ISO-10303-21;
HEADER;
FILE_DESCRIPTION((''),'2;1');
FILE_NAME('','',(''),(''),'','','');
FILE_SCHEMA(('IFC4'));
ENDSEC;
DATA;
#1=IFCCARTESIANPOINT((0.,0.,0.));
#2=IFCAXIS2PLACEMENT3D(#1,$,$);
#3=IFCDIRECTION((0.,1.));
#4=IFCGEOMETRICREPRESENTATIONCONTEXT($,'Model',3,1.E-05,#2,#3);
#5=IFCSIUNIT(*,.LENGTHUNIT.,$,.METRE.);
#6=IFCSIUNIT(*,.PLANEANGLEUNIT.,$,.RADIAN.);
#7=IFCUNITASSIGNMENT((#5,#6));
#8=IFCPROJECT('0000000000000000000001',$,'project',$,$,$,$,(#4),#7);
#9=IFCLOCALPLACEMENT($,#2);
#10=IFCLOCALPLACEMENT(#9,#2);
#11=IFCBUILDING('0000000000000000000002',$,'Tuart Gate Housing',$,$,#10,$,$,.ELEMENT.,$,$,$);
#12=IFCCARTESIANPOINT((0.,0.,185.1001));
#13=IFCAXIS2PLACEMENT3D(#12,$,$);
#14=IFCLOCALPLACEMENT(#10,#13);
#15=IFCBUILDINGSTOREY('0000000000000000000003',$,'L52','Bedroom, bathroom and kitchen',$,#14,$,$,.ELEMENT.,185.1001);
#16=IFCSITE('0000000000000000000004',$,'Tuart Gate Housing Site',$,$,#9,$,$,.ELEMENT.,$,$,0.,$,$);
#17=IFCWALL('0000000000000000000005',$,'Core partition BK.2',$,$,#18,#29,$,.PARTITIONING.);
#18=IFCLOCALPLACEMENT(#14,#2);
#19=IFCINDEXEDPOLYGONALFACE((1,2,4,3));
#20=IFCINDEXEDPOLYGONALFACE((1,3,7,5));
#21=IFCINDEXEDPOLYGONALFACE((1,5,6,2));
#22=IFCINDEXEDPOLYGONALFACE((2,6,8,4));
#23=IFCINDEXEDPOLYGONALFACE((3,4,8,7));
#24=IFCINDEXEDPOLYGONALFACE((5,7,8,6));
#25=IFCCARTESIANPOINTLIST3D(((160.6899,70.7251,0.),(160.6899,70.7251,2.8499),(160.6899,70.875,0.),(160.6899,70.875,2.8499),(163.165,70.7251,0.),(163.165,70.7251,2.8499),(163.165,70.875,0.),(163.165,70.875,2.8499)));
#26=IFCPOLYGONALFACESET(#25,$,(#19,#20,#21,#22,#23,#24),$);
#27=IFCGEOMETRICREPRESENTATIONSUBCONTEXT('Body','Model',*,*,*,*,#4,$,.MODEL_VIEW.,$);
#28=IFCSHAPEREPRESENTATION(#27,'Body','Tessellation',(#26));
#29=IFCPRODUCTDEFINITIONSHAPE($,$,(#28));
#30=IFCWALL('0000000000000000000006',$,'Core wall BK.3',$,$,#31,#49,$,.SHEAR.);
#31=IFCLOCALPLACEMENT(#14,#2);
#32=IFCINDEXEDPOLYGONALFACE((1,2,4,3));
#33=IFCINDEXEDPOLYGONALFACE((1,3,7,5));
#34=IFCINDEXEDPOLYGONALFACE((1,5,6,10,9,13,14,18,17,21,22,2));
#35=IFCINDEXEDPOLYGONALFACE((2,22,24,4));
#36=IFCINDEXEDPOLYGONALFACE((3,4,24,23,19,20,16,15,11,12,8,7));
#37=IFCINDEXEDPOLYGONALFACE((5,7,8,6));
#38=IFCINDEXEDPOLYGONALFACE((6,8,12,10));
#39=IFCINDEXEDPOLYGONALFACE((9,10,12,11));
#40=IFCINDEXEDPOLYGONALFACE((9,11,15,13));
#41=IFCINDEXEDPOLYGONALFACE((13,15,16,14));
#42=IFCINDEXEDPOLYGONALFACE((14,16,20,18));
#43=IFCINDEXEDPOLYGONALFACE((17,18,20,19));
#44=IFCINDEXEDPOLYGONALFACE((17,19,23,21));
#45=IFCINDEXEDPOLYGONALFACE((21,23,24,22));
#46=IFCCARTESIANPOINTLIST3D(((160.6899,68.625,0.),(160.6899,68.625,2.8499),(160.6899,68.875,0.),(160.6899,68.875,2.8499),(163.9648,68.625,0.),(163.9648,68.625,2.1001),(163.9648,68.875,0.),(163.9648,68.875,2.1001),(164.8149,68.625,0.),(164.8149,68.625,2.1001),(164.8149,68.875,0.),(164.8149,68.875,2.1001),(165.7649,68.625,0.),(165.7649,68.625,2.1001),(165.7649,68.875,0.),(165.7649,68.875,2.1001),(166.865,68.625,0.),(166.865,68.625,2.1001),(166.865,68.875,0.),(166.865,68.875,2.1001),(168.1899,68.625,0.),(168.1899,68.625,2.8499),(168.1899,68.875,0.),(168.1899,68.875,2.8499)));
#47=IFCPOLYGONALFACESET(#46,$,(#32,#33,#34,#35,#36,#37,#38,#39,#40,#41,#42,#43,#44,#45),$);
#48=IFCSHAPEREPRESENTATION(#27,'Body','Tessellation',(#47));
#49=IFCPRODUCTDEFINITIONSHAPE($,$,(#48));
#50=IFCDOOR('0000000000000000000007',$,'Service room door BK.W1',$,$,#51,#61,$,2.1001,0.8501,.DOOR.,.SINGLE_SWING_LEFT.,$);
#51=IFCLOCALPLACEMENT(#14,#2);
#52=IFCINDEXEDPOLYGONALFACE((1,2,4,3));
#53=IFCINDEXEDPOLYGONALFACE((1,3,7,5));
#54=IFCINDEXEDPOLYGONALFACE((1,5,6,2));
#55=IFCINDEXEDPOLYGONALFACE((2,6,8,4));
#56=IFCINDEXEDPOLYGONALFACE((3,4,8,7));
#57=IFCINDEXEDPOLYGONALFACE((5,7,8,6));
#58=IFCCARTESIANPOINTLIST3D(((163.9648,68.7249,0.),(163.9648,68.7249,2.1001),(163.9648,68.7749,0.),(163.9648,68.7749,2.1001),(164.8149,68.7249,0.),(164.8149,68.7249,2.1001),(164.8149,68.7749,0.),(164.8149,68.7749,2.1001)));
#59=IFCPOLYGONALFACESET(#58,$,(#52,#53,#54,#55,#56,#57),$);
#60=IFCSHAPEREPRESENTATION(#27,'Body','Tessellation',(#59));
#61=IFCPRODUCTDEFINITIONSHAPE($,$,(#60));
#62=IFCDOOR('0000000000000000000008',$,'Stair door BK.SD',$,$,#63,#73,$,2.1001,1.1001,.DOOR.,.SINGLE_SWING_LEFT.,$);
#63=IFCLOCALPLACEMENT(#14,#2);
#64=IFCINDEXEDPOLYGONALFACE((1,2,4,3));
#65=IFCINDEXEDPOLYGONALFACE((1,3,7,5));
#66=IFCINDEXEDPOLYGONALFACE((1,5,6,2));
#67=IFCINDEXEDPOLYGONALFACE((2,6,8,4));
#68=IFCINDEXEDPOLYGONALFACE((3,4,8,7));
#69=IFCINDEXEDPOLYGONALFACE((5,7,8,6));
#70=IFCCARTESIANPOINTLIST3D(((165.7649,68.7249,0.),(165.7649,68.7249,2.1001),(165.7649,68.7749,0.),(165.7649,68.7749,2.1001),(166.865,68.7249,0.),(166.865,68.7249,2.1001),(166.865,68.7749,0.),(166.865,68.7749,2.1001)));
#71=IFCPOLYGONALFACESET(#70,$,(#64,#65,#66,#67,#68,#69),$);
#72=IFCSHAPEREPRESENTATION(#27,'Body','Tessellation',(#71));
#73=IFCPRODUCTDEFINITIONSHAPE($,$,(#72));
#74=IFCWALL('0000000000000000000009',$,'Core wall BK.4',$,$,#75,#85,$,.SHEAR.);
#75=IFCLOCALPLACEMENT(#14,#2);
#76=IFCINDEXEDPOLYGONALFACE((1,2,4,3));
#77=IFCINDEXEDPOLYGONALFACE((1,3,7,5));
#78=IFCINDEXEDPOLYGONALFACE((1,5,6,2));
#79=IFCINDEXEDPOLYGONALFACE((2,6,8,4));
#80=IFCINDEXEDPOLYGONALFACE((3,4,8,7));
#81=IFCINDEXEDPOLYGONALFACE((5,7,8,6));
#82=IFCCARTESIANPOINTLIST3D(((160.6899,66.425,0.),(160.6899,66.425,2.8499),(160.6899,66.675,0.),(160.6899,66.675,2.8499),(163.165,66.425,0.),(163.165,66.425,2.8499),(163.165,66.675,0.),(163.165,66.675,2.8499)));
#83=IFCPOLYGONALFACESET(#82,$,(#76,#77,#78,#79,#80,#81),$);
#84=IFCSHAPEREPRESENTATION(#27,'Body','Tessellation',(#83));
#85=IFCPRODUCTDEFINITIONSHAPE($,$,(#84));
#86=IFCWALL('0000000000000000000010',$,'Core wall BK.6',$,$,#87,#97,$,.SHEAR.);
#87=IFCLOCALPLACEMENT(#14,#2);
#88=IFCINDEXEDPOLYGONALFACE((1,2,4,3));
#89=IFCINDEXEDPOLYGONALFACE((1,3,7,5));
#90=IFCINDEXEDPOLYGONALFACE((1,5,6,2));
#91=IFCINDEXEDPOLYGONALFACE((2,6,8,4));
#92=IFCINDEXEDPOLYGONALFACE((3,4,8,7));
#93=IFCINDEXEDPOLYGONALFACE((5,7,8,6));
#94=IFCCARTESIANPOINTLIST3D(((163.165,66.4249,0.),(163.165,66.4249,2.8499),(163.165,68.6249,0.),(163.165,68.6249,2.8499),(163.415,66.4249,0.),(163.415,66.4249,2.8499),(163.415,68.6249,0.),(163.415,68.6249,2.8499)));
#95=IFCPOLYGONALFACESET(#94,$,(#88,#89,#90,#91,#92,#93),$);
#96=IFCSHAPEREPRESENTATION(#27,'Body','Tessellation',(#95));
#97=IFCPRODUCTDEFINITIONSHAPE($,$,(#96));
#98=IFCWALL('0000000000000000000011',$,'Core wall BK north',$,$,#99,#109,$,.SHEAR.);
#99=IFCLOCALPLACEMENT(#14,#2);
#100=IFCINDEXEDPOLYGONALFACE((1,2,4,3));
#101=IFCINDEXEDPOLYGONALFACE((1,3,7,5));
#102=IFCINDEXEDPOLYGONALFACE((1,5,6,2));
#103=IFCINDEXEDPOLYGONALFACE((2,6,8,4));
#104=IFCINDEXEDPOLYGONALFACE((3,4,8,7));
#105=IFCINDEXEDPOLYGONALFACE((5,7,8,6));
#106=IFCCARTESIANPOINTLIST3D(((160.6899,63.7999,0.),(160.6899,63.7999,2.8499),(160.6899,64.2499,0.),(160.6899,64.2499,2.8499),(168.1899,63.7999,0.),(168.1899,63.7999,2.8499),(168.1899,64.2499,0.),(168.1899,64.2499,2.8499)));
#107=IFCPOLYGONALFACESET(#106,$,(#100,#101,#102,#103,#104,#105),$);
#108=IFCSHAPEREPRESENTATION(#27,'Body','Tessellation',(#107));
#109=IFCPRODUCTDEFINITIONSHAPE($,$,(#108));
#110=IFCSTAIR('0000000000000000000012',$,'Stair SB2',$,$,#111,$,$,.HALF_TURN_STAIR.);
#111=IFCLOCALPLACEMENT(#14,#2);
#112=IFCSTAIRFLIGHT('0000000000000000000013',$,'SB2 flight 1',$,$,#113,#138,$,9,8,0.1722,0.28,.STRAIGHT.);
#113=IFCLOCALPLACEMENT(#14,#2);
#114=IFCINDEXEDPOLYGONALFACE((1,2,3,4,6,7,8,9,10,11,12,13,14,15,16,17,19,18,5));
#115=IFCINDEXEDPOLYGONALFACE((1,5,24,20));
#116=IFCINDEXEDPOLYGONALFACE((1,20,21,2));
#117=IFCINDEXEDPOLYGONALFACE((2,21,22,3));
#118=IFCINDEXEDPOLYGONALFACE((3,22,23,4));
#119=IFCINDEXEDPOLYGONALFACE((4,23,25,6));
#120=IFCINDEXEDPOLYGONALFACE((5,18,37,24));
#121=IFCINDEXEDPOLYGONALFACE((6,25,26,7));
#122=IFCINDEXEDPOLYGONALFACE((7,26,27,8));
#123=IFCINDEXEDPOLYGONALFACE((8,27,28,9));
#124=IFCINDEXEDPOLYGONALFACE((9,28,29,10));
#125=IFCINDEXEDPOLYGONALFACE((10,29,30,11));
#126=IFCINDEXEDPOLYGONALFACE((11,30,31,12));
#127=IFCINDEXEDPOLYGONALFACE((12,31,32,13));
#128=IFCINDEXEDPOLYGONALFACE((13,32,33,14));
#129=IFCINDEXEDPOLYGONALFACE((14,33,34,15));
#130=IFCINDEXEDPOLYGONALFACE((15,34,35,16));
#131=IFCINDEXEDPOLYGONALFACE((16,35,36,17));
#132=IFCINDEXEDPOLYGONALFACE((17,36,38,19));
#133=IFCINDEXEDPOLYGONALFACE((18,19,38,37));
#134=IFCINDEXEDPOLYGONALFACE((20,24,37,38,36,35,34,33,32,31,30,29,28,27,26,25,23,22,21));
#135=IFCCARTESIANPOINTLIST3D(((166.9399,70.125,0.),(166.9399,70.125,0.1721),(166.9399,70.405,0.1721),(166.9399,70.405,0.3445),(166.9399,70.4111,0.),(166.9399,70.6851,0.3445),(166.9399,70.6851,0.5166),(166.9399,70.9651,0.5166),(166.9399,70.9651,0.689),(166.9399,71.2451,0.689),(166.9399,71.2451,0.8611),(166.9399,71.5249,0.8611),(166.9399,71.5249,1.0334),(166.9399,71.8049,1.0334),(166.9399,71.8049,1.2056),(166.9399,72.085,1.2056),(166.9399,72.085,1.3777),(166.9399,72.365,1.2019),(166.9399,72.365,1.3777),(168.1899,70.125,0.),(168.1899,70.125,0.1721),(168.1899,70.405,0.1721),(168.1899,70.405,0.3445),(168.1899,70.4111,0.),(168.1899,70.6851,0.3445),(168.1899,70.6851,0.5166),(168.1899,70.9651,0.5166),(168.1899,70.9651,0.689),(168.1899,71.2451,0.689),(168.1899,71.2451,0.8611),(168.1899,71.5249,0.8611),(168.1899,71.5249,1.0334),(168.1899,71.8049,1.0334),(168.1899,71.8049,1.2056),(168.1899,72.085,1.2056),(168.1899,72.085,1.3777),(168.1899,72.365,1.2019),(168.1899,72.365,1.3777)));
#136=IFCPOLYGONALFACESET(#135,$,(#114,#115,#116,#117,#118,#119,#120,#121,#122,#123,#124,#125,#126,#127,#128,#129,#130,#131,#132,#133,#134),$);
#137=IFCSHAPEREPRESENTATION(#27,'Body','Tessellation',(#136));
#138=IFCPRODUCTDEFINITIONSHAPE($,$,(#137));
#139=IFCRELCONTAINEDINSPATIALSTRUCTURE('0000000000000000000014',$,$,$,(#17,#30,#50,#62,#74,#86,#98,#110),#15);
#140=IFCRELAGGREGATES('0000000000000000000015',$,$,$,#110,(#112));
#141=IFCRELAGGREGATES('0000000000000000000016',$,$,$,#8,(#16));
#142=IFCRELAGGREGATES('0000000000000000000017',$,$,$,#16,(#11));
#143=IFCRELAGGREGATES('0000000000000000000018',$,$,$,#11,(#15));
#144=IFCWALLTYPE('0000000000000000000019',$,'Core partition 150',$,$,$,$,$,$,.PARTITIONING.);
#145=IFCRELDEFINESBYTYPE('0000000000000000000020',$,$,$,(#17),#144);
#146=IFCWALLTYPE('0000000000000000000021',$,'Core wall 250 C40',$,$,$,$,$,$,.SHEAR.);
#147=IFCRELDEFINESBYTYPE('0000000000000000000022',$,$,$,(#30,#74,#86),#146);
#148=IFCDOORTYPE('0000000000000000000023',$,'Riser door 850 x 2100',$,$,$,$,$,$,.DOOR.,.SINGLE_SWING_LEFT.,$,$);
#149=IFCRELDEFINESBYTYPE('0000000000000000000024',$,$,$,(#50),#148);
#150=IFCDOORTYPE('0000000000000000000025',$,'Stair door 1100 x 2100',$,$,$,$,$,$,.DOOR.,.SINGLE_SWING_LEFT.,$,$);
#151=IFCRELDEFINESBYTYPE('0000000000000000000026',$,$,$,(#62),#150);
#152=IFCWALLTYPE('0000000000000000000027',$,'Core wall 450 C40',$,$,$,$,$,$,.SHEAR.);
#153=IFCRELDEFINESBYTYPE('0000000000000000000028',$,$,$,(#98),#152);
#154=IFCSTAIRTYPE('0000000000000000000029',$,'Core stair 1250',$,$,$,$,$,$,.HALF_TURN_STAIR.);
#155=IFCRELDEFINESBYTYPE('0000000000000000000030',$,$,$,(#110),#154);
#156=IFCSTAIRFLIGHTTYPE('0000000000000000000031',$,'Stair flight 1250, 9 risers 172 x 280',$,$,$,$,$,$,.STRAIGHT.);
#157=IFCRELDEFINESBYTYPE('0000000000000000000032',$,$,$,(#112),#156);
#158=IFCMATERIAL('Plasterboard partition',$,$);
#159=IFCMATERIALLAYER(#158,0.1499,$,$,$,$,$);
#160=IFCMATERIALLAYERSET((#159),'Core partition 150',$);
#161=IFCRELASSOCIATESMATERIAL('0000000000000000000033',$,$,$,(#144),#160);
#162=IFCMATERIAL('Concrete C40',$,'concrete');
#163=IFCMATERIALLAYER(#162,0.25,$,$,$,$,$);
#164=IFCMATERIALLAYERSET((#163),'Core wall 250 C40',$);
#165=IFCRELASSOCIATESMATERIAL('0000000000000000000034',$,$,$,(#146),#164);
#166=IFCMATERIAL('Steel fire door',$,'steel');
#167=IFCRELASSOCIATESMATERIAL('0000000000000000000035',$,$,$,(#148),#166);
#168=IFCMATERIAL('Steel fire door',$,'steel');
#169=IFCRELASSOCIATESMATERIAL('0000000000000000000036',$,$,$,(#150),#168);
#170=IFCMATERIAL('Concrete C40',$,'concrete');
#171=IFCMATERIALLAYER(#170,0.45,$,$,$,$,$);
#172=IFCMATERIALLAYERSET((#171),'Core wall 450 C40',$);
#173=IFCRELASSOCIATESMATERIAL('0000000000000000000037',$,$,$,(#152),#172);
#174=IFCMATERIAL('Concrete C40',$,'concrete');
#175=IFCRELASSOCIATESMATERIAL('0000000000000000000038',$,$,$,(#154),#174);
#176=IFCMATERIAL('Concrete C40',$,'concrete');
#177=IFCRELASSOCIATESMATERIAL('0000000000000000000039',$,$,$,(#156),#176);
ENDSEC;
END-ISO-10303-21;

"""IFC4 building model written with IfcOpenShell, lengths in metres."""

from ifc_helpers import new_model, si_unit, direction, frame, frame_2d, origin, place, context, subcontext, project, spatial, polyline, rectangle, outline, extrude, material, layer, layer_set, type_object, element, fill, aggregate, save


model = new_model("IFC4")

# Units and contexts
model_context = context("Model", 3, precision=1e-05, world=origin(), true_north=direction((0.0, 1.0)))
body_context = subcontext(model_context, "Body", "Model", "MODEL_VIEW")
ifc_project = project(units=[si_unit("LENGTHUNIT", "METRE"), si_unit("PLANEANGLEUNIT", "RADIAN")], contexts=[model_context])

# Site, building, storey
site_placement = place(None, origin())
site = spatial("IfcSite", under=ifc_project, at=site_placement, Name="Tuart Gate Housing Site", CompositionType="ELEMENT", RefElevation=0.0)
building_placement = place(site_placement, origin())
building = spatial("IfcBuilding", under=site, at=building_placement, Name="Tuart Gate Housing", CompositionType="ELEMENT")
storey_placement = place(building_placement, frame((0.0, 0.0, 185.1001)))
storey = spatial("IfcBuildingStorey", under=building, at=storey_placement, Name="L52", Description="Bedroom, bathroom and kitchen", CompositionType="ELEMENT", Elevation=185.1001)

# Wall
ifc_material_1 = material(Name="Plasterboard partition")
ifc_layer_1 = layer(ifc_material_1, 0.1499)
ifc_layer_set_1 = layer_set([ifc_layer_1], Name="Core partition 150")
wall_type_1 = type_object("IfcWallType", Name="Core partition 150", PredefinedType="PARTITIONING", material=ifc_layer_set_1)
wall_1_placement = place(storey_placement, frame((160.6899, 70.8, 0.0), z_axis=(0.0, 0.0, 1.0), x_axis=(1.0, 0.0, 0.0)))
element("IfcWall", 1, at=wall_1_placement, inside=storey, type_object=wall_type_1, Name="Core partition BK.2", PredefinedType="PARTITIONING", context=body_context, shape_type="SweptSolid", body=[
    extrude(rectangle(XDim=2.4751, YDim=0.1499, at=frame_2d((1.2375, 0.0))), origin(), (0.0, 0.0, 1.0), 2.8499),
])

# Wall, openings, doors
ifc_material_2 = material(Name="Concrete C40", Category="concrete")
ifc_layer_2 = layer(ifc_material_2, 0.25)
ifc_layer_set_2 = layer_set([ifc_layer_2], Name="Core wall 250 C40")
wall_type_2 = type_object("IfcWallType", Name="Core wall 250 C40", PredefinedType="SHEAR", material=ifc_layer_set_2)
wall_2_placement = place(storey_placement, frame((160.6899, 68.75, 0.0), z_axis=(0.0, 0.0, 1.0), x_axis=(1.0, 0.0, 0.0)))
wall_2 = element("IfcWall", 2, at=wall_2_placement, inside=storey, type_object=wall_type_2, Name="Core wall BK.3", PredefinedType="SHEAR", context=body_context, shape_type="SweptSolid", body=[
    extrude(rectangle(XDim=7.5, YDim=0.25, at=frame_2d((3.75, 0.0))), origin(), (0.0, 0.0, 1.0), 2.8499),
])
opening_1_placement = place(wall_2_placement, frame((5.075, 0.0, 0.0)))
opening_1 = element("IfcOpeningElement", 3, at=opening_1_placement, cuts=wall_2, PredefinedType="OPENING", context=body_context, shape_type="SweptSolid", body=[
    extrude(rectangle(XDim=1.1001, YDim=2.1001, at=frame_2d((0.55, 1.05))), frame((0.0, 0.135, 0.0), z_axis=(0.0, -1.0, 0.0), x_axis=(1.0, 0.0, 0.0)), (0.0, 0.0, 1.0), 0.27),
])
opening_2_placement = place(wall_2_placement, frame((3.2749, 0.0, 0.0)))
opening_2 = element("IfcOpeningElement", 4, at=opening_2_placement, cuts=wall_2, PredefinedType="OPENING", context=body_context, shape_type="SweptSolid", body=[
    extrude(rectangle(XDim=0.8501, YDim=2.1001, at=frame_2d((0.425, 1.05))), frame((0.0, 0.135, 0.0), z_axis=(0.0, -1.0, 0.0), x_axis=(1.0, 0.0, 0.0)), (0.0, 0.0, 1.0), 0.27),
])
ifc_material_3 = material(Name="Steel fire door", Category="steel")
door_type_1 = type_object("IfcDoorType", Name="Riser door 850 x 2100", OperationType="SINGLE_SWING_LEFT", PredefinedType="DOOR", material=ifc_material_3)
door_1_placement = place(opening_2_placement, origin())
door_1 = element("IfcDoor", 5, at=door_1_placement, inside=storey, type_object=door_type_1, Name="Service room door BK.W1", OperationType="SINGLE_SWING_LEFT", OverallHeight=2.1001, OverallWidth=0.8501, PredefinedType="DOOR", context=body_context, shape_type="SweptSolid", body=[
    extrude(rectangle(XDim=0.8501, YDim=2.1001, at=frame_2d((0.425, 1.05))), frame((0.0, 0.0249, 0.0), z_axis=(0.0, -1.0, 0.0), x_axis=(1.0, 0.0, 0.0)), (0.0, 0.0, 1.0), 0.05),
])
fill(opening_2, door_1)
ifc_material_4 = material(Name="Steel fire door", Category="steel")
door_type_2 = type_object("IfcDoorType", Name="Stair door 1100 x 2100", OperationType="SINGLE_SWING_LEFT", PredefinedType="DOOR", material=ifc_material_4)
door_2_placement = place(opening_1_placement, origin())
door_2 = element("IfcDoor", 6, at=door_2_placement, inside=storey, type_object=door_type_2, Name="Stair door BK.SD", OperationType="SINGLE_SWING_LEFT", OverallHeight=2.1001, OverallWidth=1.1001, PredefinedType="DOOR", context=body_context, shape_type="SweptSolid", body=[
    extrude(rectangle(XDim=1.1001, YDim=2.1001, at=frame_2d((0.55, 1.05))), frame((0.0, 0.0249, 0.0), z_axis=(0.0, -1.0, 0.0), x_axis=(1.0, 0.0, 0.0)), (0.0, 0.0, 1.0), 0.05),
])
fill(opening_1, door_2)

# Walls
wall_3_placement = place(storey_placement, frame((160.6899, 66.55, 0.0), z_axis=(0.0, 0.0, 1.0), x_axis=(1.0, 0.0, 0.0)))
element("IfcWall", 7, at=wall_3_placement, inside=storey, type_object=wall_type_2, Name="Core wall BK.4", PredefinedType="SHEAR", context=body_context, shape_type="SweptSolid", body=[
    extrude(rectangle(XDim=2.4751, YDim=0.25, at=frame_2d((1.2375, 0.0))), origin(), (0.0, 0.0, 1.0), 2.8499),
])
wall_4_placement = place(storey_placement, frame((163.29, 68.625, 0.0), z_axis=(0.0, 0.0, 1.0), x_axis=(0.0, -1.0, 0.0)))
element("IfcWall", 8, at=wall_4_placement, inside=storey, type_object=wall_type_2, Name="Core wall BK.6", PredefinedType="SHEAR", context=body_context, shape_type="SweptSolid", body=[
    extrude(rectangle(XDim=2.2, YDim=0.25, at=frame_2d((1.1001, 0.0))), origin(), (0.0, 0.0, 1.0), 2.8499),
])
ifc_material_5 = material(Name="Concrete C40", Category="concrete")
ifc_layer_3 = layer(ifc_material_5, 0.45)
ifc_layer_set_3 = layer_set([ifc_layer_3], Name="Core wall 450 C40")
wall_type_3 = type_object("IfcWallType", Name="Core wall 450 C40", PredefinedType="SHEAR", material=ifc_layer_set_3)
wall_5_placement = place(storey_placement, frame((160.6899, 64.0249, 0.0), z_axis=(0.0, 0.0, 1.0), x_axis=(1.0, 0.0, 0.0)))
element("IfcWall", 9, at=wall_5_placement, inside=storey, type_object=wall_type_3, Name="Core wall BK north", PredefinedType="SHEAR", context=body_context, shape_type="SweptSolid", body=[
    extrude(rectangle(XDim=7.5, YDim=0.45, at=frame_2d((3.75, 0.0))), origin(), (0.0, 0.0, 1.0), 2.8499),
])

# Stair, stair flight
ifc_material_6 = material(Name="Concrete C40", Category="concrete")
stair_type = type_object("IfcStairType", Name="Core stair 1250", PredefinedType="HALF_TURN_STAIR", material=ifc_material_6)
stair_placement = place(storey_placement, origin())
stair = element("IfcStair", 10, at=stair_placement, inside=storey, type_object=stair_type, Name="Stair SB2", PredefinedType="HALF_TURN_STAIR")
ifc_material_7 = material(Name="Concrete C40", Category="concrete")
stair_flight_type = type_object("IfcStairFlightType", Name="Stair flight 1250, 9 risers 172 x 280", PredefinedType="STRAIGHT", material=ifc_material_7)
stair_flight_placement = place(storey_placement, frame((167.5649, 70.125, 0.0), z_axis=(0.0, 0.0, 1.0), x_axis=(0.0, 1.0, 0.0)))
stair_flight = element("IfcStairFlight", 11, at=stair_flight_placement, type_object=stair_flight_type, Name="SB2 flight 1", NumberOfRisers=9, NumberOfTreads=8, PredefinedType="STRAIGHT", RiserHeight=0.1722, TreadLength=0.28, context=body_context, shape_type="SweptSolid", body=[
    extrude(outline(polyline([(0.0, 0.0), (0.0, 0.1721), (0.28, 0.1721), (0.28, 0.3445), (0.5601, 0.3445), (0.5601, 0.5166), (0.8401, 0.5166), (0.8401, 0.689), (1.1201, 0.689), (1.1201, 0.8611), (1.3999, 0.8611), (1.3999, 1.0334), (1.6799, 1.0334), (1.6799, 1.2056), (1.96, 1.2056), (1.96, 1.3777), (2.24, 1.3777), (2.24, 1.55), (2.24, 1.2019), (0.2861, 0.0), (0.0, 0.0)])), frame((0.0, 0.625, 0.0), z_axis=(0.0, -1.0, 0.0), x_axis=(1.0, 0.0, 0.0)), (0.0, 0.0, 1.0), 1.25),
])
aggregate(stair, [stair_flight])

save(model, "model.ifc")
